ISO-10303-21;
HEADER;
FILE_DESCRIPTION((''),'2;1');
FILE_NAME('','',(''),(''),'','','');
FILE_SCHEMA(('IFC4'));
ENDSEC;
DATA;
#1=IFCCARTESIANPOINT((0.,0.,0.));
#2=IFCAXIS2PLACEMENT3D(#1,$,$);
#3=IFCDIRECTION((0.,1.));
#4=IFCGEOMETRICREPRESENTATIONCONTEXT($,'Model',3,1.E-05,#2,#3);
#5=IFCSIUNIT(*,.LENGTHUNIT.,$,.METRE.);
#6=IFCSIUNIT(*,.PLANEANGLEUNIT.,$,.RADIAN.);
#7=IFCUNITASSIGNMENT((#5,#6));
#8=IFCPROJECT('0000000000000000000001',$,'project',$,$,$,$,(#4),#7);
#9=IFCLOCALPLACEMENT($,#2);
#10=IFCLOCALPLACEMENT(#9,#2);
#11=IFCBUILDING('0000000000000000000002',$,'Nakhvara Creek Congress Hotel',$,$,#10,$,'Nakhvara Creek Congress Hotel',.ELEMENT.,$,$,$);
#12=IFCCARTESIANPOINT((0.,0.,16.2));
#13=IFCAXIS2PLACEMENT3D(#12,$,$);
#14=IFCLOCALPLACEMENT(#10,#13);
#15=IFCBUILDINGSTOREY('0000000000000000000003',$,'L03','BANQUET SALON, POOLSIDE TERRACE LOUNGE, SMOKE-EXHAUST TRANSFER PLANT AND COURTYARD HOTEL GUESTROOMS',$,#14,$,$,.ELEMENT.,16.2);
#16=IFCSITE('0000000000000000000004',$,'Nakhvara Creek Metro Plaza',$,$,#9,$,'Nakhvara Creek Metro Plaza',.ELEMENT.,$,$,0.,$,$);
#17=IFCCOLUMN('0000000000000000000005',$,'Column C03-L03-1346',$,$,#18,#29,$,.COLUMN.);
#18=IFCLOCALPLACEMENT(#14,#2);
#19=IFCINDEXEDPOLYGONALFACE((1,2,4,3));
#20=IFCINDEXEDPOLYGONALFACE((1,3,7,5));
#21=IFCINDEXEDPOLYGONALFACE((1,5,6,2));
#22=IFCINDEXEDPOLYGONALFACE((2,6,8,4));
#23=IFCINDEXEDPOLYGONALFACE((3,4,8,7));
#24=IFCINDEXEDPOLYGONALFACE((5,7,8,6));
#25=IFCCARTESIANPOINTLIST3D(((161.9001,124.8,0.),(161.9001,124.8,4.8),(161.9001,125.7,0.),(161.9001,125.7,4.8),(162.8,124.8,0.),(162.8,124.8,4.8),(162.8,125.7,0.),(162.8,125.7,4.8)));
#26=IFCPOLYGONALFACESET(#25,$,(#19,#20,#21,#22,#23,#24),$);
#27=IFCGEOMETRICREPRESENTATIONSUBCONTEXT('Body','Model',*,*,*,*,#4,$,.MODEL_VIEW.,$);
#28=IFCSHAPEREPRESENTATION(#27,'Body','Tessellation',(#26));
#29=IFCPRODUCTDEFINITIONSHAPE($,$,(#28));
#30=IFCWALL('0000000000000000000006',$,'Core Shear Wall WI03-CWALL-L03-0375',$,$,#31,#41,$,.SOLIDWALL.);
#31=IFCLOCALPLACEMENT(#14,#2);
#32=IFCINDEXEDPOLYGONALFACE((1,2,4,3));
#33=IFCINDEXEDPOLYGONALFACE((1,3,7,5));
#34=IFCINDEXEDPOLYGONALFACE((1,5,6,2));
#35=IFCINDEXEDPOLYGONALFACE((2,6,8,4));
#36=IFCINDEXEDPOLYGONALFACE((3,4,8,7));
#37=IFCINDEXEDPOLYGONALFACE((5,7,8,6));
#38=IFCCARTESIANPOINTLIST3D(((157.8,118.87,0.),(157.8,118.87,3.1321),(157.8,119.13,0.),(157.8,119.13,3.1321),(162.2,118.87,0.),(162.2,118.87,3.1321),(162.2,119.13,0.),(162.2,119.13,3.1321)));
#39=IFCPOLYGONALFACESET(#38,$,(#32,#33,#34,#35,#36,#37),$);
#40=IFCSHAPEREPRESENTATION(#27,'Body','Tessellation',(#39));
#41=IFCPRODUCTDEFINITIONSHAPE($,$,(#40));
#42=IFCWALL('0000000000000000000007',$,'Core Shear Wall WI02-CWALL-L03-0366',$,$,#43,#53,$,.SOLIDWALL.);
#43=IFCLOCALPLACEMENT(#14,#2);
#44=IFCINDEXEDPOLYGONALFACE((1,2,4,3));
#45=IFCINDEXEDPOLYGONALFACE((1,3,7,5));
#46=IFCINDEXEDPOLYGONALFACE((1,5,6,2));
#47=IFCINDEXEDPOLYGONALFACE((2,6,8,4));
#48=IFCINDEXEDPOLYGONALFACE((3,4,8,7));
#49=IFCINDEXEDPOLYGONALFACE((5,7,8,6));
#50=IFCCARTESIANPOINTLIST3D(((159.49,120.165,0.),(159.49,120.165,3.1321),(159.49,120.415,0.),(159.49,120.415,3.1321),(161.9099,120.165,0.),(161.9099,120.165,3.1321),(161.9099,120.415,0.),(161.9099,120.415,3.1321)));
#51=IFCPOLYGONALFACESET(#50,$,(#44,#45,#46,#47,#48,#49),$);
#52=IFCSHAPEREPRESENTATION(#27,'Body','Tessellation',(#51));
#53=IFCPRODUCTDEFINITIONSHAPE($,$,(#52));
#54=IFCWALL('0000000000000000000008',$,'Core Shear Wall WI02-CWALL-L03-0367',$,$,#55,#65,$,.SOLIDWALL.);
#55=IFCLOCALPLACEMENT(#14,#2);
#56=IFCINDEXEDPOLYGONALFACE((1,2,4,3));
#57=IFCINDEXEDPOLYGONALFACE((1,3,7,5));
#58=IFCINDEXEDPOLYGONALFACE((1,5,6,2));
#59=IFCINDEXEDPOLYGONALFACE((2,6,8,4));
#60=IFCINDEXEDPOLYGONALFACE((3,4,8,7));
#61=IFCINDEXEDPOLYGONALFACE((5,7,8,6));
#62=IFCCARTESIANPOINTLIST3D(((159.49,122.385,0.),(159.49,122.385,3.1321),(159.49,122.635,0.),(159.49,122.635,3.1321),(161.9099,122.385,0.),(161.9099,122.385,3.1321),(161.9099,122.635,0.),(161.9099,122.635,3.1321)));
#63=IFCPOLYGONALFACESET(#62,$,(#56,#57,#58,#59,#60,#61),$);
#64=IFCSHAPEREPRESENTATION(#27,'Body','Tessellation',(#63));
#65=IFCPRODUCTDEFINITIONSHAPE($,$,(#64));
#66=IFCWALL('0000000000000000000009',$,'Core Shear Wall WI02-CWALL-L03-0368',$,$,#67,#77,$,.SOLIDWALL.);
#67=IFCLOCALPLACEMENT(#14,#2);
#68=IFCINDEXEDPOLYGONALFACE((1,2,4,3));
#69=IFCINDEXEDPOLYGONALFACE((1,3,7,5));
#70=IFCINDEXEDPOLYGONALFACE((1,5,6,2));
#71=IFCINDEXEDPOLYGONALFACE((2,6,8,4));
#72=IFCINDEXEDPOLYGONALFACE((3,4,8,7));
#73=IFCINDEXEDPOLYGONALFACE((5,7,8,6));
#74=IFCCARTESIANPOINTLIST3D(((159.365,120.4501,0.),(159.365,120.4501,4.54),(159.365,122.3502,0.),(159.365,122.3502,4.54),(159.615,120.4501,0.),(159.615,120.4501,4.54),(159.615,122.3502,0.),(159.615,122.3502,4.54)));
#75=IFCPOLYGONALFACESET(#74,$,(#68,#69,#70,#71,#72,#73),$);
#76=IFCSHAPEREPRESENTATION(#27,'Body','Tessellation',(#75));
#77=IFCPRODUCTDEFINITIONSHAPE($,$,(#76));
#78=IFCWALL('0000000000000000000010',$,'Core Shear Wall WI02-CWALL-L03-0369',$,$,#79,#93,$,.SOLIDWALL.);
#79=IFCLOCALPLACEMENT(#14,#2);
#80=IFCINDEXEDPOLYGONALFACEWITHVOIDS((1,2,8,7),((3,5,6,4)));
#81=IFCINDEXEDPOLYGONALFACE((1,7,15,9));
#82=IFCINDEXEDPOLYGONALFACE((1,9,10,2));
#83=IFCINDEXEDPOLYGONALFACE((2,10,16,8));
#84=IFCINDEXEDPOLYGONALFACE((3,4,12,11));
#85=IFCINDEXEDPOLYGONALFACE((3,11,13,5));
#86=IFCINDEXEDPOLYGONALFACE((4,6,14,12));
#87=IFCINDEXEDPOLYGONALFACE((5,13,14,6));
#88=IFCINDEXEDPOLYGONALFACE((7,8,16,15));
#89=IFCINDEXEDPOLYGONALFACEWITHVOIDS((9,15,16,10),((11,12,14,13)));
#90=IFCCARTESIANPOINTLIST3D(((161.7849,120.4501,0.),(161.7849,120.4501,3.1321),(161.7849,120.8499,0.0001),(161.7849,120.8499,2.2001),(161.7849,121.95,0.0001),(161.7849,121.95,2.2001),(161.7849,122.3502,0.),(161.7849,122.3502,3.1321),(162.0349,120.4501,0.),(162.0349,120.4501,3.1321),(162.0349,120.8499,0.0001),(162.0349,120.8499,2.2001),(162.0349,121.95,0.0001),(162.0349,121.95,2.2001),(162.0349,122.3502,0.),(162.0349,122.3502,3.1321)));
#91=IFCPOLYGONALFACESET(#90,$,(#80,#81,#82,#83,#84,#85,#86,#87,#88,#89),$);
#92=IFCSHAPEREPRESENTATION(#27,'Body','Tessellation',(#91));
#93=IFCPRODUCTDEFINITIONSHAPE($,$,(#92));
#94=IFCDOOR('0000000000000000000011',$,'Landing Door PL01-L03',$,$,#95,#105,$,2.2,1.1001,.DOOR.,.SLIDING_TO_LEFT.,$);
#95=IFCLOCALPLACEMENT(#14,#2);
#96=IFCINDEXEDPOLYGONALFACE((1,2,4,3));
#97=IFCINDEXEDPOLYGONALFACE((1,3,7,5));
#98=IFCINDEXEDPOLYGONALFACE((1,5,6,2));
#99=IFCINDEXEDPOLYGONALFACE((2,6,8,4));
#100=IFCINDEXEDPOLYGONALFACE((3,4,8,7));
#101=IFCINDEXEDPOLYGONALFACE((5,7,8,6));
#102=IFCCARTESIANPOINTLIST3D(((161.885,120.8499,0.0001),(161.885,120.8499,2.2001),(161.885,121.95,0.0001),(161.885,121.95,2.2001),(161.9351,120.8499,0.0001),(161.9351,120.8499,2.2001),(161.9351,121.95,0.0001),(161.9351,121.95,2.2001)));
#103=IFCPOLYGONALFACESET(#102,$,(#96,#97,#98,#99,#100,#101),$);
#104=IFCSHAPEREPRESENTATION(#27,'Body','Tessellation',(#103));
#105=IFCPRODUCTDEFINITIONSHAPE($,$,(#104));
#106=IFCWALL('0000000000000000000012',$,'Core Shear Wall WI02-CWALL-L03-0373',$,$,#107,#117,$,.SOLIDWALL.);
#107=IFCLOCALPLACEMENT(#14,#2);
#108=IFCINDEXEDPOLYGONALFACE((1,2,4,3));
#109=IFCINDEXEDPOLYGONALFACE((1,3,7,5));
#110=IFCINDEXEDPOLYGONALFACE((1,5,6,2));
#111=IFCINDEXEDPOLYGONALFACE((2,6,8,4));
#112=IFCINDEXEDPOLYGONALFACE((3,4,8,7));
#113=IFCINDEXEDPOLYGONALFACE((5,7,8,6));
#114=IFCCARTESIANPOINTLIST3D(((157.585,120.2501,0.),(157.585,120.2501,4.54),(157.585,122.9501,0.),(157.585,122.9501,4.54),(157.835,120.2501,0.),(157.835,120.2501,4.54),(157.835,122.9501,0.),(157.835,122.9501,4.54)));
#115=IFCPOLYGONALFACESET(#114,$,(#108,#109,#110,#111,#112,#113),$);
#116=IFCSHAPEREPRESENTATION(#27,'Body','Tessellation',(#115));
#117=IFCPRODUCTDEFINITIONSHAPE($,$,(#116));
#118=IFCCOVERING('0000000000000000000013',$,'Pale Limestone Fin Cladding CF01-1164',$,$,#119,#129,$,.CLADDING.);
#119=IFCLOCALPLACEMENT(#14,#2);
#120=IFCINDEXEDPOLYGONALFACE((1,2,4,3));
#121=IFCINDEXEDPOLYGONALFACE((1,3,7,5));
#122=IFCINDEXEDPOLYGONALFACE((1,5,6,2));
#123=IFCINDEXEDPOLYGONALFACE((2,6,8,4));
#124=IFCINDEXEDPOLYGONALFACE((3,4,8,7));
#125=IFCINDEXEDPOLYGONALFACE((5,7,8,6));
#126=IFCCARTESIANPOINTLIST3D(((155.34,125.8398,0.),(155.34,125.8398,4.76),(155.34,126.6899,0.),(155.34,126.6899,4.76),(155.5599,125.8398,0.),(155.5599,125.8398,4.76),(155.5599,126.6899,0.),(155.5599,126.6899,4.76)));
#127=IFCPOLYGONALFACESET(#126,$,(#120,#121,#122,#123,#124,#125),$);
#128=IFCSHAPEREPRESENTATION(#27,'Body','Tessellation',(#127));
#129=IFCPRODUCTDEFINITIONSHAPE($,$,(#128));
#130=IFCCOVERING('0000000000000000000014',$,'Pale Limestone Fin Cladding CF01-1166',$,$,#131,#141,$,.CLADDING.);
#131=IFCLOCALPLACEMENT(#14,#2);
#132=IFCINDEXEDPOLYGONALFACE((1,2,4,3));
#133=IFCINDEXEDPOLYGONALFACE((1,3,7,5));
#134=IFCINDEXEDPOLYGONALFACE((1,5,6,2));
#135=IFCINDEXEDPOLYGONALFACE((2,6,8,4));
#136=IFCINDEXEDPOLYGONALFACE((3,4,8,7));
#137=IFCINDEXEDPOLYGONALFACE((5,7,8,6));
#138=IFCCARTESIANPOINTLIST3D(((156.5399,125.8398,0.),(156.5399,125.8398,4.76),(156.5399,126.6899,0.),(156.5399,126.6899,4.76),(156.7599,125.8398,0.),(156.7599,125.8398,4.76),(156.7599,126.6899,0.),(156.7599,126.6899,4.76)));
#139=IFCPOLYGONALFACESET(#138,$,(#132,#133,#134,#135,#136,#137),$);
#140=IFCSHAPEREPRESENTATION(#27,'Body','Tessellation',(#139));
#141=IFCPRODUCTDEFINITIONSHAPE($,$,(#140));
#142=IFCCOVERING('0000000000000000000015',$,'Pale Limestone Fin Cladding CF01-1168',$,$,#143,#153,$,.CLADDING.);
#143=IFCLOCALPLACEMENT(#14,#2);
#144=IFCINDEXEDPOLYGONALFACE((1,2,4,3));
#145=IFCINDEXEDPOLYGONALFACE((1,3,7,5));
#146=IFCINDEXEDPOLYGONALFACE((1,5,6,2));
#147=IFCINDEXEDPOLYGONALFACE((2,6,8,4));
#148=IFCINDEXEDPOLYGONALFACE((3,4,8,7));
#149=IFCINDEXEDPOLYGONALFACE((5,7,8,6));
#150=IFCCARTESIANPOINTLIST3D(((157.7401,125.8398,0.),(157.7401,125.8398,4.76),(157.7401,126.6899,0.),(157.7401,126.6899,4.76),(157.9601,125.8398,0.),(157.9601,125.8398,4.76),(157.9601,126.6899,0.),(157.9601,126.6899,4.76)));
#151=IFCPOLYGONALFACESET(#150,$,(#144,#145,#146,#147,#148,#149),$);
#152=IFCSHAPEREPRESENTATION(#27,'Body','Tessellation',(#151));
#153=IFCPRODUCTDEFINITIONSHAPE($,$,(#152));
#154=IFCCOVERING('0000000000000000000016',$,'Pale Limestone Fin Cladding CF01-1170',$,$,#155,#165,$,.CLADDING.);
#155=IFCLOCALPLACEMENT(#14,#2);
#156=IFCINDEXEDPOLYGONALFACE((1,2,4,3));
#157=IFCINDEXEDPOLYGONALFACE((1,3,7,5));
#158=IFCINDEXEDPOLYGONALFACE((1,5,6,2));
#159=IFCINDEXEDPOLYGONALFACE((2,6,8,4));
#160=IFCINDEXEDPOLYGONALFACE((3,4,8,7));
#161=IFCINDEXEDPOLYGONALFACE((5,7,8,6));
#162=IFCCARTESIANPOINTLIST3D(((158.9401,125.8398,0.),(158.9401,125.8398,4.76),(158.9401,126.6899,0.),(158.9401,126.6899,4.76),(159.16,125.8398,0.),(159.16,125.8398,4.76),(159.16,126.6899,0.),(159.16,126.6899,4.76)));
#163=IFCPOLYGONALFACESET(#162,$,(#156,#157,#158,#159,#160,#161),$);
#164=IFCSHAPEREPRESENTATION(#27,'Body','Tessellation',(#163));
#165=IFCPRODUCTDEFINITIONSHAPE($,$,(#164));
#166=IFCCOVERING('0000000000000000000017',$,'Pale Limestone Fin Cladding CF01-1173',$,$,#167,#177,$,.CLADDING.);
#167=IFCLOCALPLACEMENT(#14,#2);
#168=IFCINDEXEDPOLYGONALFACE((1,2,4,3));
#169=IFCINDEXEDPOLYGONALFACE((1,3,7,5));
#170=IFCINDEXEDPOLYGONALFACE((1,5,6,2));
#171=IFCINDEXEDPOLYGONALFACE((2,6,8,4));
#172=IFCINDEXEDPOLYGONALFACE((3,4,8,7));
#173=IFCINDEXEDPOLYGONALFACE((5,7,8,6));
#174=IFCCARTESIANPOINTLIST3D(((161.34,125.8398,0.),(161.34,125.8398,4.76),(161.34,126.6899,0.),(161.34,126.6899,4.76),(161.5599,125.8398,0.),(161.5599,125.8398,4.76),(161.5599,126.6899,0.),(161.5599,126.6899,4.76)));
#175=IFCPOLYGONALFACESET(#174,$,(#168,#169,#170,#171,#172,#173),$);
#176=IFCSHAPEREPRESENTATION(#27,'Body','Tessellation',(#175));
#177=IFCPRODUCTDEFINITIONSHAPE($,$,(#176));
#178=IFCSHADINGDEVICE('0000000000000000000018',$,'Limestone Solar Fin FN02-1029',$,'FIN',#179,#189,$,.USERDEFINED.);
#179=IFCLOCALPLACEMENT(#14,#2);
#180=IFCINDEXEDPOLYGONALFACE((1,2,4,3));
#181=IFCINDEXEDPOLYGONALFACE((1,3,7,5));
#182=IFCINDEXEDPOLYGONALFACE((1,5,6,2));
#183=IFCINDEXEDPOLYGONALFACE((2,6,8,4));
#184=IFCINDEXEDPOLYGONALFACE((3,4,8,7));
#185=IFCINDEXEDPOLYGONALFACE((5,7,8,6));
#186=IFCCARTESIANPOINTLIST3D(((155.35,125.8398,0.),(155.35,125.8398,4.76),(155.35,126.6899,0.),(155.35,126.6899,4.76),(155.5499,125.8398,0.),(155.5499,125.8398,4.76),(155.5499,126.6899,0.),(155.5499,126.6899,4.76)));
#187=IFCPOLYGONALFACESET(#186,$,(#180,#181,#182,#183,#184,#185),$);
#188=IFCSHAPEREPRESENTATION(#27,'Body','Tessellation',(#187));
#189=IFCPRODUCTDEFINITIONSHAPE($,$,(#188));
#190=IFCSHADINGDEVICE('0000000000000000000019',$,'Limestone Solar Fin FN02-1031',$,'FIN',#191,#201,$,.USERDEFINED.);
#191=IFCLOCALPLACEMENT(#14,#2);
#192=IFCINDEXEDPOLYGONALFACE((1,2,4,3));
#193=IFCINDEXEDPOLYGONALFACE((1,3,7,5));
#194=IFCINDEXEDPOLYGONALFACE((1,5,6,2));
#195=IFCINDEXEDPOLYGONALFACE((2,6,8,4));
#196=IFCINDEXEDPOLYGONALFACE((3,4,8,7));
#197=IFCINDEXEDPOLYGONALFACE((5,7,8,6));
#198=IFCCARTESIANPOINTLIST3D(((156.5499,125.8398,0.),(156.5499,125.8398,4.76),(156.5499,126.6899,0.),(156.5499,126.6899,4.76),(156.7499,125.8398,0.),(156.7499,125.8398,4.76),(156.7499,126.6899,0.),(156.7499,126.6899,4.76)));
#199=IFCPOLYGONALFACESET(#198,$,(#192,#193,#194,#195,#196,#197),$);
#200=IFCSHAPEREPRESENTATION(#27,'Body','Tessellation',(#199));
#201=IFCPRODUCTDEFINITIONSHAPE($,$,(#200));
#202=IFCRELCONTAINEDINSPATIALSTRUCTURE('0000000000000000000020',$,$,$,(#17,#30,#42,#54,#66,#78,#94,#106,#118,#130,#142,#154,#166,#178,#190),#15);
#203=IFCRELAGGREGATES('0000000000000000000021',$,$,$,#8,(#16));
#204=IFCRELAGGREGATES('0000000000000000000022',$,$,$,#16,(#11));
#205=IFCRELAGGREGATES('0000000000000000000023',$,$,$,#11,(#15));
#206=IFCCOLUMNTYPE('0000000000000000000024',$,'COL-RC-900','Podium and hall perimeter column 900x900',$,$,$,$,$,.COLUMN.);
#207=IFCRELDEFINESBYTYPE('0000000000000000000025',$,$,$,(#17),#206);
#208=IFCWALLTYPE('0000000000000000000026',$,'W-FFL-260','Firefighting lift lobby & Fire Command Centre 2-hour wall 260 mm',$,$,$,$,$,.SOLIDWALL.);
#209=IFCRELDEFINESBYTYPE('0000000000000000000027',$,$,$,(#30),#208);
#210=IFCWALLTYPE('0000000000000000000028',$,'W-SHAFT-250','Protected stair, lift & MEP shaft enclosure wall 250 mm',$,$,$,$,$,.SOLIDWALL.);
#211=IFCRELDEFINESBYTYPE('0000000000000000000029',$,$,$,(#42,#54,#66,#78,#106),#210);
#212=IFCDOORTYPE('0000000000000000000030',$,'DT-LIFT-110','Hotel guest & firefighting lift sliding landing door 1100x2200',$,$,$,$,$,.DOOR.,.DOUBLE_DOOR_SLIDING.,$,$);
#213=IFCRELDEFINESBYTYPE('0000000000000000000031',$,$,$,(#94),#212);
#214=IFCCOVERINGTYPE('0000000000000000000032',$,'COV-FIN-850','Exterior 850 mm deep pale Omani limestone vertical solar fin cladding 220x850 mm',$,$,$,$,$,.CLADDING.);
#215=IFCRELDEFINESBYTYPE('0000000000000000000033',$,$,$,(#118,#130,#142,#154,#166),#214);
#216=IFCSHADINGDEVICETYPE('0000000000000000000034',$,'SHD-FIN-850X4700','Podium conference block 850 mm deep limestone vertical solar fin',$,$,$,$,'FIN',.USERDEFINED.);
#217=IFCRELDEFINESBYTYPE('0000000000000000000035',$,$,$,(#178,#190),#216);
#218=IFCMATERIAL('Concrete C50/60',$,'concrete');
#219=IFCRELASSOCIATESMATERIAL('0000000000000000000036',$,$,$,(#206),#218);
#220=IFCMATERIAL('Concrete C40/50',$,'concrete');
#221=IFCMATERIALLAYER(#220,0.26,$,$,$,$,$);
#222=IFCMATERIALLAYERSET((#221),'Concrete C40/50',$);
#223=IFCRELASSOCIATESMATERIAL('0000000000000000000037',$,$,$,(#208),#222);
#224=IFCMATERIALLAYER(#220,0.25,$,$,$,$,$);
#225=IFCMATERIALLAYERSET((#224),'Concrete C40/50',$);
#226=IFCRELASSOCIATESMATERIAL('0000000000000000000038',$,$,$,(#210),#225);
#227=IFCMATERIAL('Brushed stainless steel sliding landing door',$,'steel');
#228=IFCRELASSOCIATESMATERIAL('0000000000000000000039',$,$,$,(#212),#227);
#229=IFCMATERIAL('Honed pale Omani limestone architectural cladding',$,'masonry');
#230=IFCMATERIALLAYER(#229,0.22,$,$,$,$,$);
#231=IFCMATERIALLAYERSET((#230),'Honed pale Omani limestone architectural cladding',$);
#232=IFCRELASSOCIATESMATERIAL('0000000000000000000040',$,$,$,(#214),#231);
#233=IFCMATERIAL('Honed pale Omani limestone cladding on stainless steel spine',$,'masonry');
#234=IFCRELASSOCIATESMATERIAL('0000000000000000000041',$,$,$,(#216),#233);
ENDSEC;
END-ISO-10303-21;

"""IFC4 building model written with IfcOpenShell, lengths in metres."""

from ifc_helpers import new_model, si_unit, direction, frame, frame_2d, origin, origin_2d, place, context, subcontext, project, spatial, rectangle, extrude, material, layer, layer_set, material_profile, profile_set, type_object, element, fill, save


model = new_model("IFC4")

# Units and contexts
model_context = context("Model", 3, precision=1e-05, world=origin(), true_north=direction((0.0, 1.0)))
body_context = subcontext(model_context, "Body", "Model", "MODEL_VIEW")
ifc_project = project(units=[si_unit("LENGTHUNIT", "METRE"), si_unit("PLANEANGLEUNIT", "RADIAN")], contexts=[model_context])

# Site, building, storey
site_placement = place(None, origin())
site = spatial("IfcSite", under=ifc_project, at=site_placement, Name="Nakhvara Creek Metro Plaza", LongName="Nakhvara Creek Metro Plaza", CompositionType="ELEMENT", RefElevation=0.0)
building_placement = place(site_placement, origin())
building = spatial("IfcBuilding", under=site, at=building_placement, Name="Nakhvara Creek Congress Hotel", LongName="Nakhvara Creek Congress Hotel", CompositionType="ELEMENT")
storey_placement = place(building_placement, frame((0.0, 0.0, 16.2)))
storey = spatial("IfcBuildingStorey", under=building, at=storey_placement, Name="L03", Description="BANQUET SALON, POOLSIDE TERRACE LOUNGE, SMOKE-EXHAUST TRANSFER PLANT AND COURTYARD HOTEL GUESTROOMS", CompositionType="ELEMENT", Elevation=16.2)

# Column
ifc_material_1 = material(Name="Concrete C50/60", Category="concrete")
ifc_material_profile = material_profile(ifc_material_1, rectangle(XDim=0.8999, YDim=0.8999, at=origin_2d()), Name="RC-COL 900x900", Category="LoadBearing")
ifc_profile_set = profile_set([ifc_material_profile], Name="Concrete C50/60")
column_type = type_object("IfcColumnType", Name="COL-RC-900", Description="Podium and hall perimeter column 900x900", PredefinedType="COLUMN", material=ifc_profile_set)
column_placement = place(storey_placement, frame((162.3501, 125.25, 0.0), z_axis=(0.0, 0.0, 1.0), x_axis=(1.0, 0.0, 0.0)))
element("IfcColumn", 1, at=column_placement, inside=storey, type_object=column_type, Name="Column C03-L03-1346", PredefinedType="COLUMN", context=body_context, shape_type="SweptSolid", body=[
    extrude(rectangle(XDim=0.8999, YDim=0.8999, at=origin_2d()), origin(), (0.0, 0.0, 1.0), 4.8),
])

# Walls
ifc_material_2 = material(Name="Concrete C40/50", Category="concrete")
ifc_layer_1 = layer(ifc_material_2, 0.26)
ifc_layer_set_1 = layer_set([ifc_layer_1], Name="Concrete C40/50")
wall_type_1 = type_object("IfcWallType", Name="W-FFL-260", Description="Firefighting lift lobby & Fire Command Centre 2-hour wall 260 mm", PredefinedType="SOLIDWALL", material=ifc_layer_set_1)
wall_1_placement = place(storey_placement, frame((157.8, 119.0, 0.0), z_axis=(0.0, 0.0, 1.0), x_axis=(1.0, 0.0, 0.0)))
element("IfcWall", 2, at=wall_1_placement, inside=storey, type_object=wall_type_1, Name="Core Shear Wall WI03-CWALL-L03-0375", PredefinedType="SOLIDWALL", context=body_context, shape_type="SweptSolid", body=[
    extrude(rectangle(XDim=4.3999, YDim=0.26, at=frame_2d((2.2, 0.0))), origin(), (0.0, 0.0, 1.0), 3.1321),
])
ifc_layer_2 = layer(ifc_material_2, 0.25)
ifc_layer_set_2 = layer_set([ifc_layer_2], Name="Concrete C40/50")
wall_type_2 = type_object("IfcWallType", Name="W-SHAFT-250", Description="Protected stair, lift & MEP shaft enclosure wall 250 mm", PredefinedType="SOLIDWALL", material=ifc_layer_set_2)
for number, where, z_axis, x_axis, name in (
    (3, (159.49, 120.29, 0.0), (0.0, 0.0, 1.0), (1.0, 0.0, 0.0), "Core Shear Wall WI02-CWALL-L03-0366"),
    (4, (159.49, 122.51, 0.0), (0.0, 0.0, 1.0), (1.0, 0.0, 0.0), "Core Shear Wall WI02-CWALL-L03-0367"),
):
    element("IfcWall", number, at=place(storey_placement, frame(where, z_axis=z_axis, x_axis=x_axis)), inside=storey, type_object=wall_type_2, Name=name, PredefinedType="SOLIDWALL", context=body_context, shape_type="SweptSolid", body=[
        extrude(rectangle(XDim=2.4199, YDim=0.25, at=frame_2d((1.21, 0.0))), origin(), (0.0, 0.0, 1.0), 3.1321),
    ])
wall_2_placement = place(storey_placement, frame((159.49, 120.45, 0.0), z_axis=(0.0, 0.0, 1.0), x_axis=(0.0, 1.0, 0.0)))
element("IfcWall", 5, at=wall_2_placement, inside=storey, type_object=wall_type_2, Name="Core Shear Wall WI02-CWALL-L03-0368", PredefinedType="SOLIDWALL", context=body_context, shape_type="SweptSolid", body=[
    extrude(rectangle(XDim=1.9001, YDim=0.25, at=frame_2d((0.9502, 0.0))), origin(), (0.0, 0.0, 1.0), 4.54),
])

# Wall, opening, door
wall_3_placement = place(storey_placement, frame((161.9099, 120.45, 0.0), z_axis=(0.0, 0.0, 1.0), x_axis=(0.0, 1.0, 0.0)))
wall_3 = element("IfcWall", 6, at=wall_3_placement, inside=storey, type_object=wall_type_2, Name="Core Shear Wall WI02-CWALL-L03-0369", PredefinedType="SOLIDWALL", context=body_context, shape_type="SweptSolid", body=[
    extrude(rectangle(XDim=1.9001, YDim=0.25, at=frame_2d((0.9502, 0.0))), origin(), (0.0, 0.0, 1.0), 3.1321),
])
opening_placement = place(wall_3_placement, frame((0.3999, 0.0, 0.0)))
opening = element("IfcOpeningElement", 7, at=opening_placement, cuts=wall_3, PredefinedType="OPENING", context=body_context, shape_type="SweptSolid", body=[
    extrude(rectangle(XDim=1.1001, YDim=2.2, at=frame_2d((0.55, 1.1001))), frame((0.0, 0.137, 0.0), z_axis=(0.0, -1.0, 0.0), x_axis=(1.0, 0.0, 0.0)), (0.0, 0.0, 1.0), 0.2739),
])
ifc_material_3 = material(Name="Brushed stainless steel sliding landing door", Category="steel")
door_type = type_object("IfcDoorType", Name="DT-LIFT-110", Description="Hotel guest & firefighting lift sliding landing door 1100x2200", OperationType="DOUBLE_DOOR_SLIDING", PredefinedType="DOOR", material=ifc_material_3)
door_placement = place(opening_placement, origin())
door = element("IfcDoor", 8, at=door_placement, inside=storey, type_object=door_type, Name="Landing Door PL01-L03", OperationType="SLIDING_TO_LEFT", OverallHeight=2.2, OverallWidth=1.1001, PredefinedType="DOOR", context=body_context, shape_type="SweptSolid", body=[
    extrude(rectangle(XDim=1.1001, YDim=2.2, at=frame_2d((0.55, 1.1001))), frame((0.0, 0.0249, 0.0), z_axis=(0.0, -1.0, 0.0), x_axis=(1.0, 0.0, 0.0)), (0.0, 0.0, 1.0), 0.05),
])
fill(opening, door)

# Wall
wall_4_placement = place(storey_placement, frame((157.71, 120.25, 0.0), z_axis=(0.0, 0.0, 1.0), x_axis=(0.0, 1.0, 0.0)))
element("IfcWall", 9, at=wall_4_placement, inside=storey, type_object=wall_type_2, Name="Core Shear Wall WI02-CWALL-L03-0373", PredefinedType="SOLIDWALL", context=body_context, shape_type="SweptSolid", body=[
    extrude(rectangle(XDim=2.7, YDim=0.25, at=frame_2d((1.3501, 0.0))), origin(), (0.0, 0.0, 1.0), 4.54),
])

# Coverings
ifc_material_4 = material(Name="Honed pale Omani limestone architectural cladding", Category="masonry")
ifc_layer_3 = layer(ifc_material_4, 0.22)
ifc_layer_set_3 = layer_set([ifc_layer_3], Name="Honed pale Omani limestone architectural cladding")
covering_type = type_object("IfcCoveringType", Name="COV-FIN-850", Description="Exterior 850 mm deep pale Omani limestone vertical solar fin cladding 220x850 mm", PredefinedType="CLADDING", material=ifc_layer_set_3)
for number, where, z_axis, x_axis, name in (
    (10, (155.45, 126.2649, 0.0), (0.0, 0.0, 1.0), (1.0, 0.0, 0.0), "Pale Limestone Fin Cladding CF01-1164"),
    (11, (156.6499, 126.2649, 0.0), (0.0, 0.0, 1.0), (1.0, 0.0, 0.0), "Pale Limestone Fin Cladding CF01-1166"),
    (12, (157.8501, 126.2649, 0.0), (0.0, 0.0, 1.0), (1.0, 0.0, 0.0), "Pale Limestone Fin Cladding CF01-1168"),
    (13, (159.05, 126.2649, 0.0), (0.0, 0.0, 1.0), (1.0, 0.0, 0.0), "Pale Limestone Fin Cladding CF01-1170"),
    (14, (161.45, 126.2649, 0.0), (0.0, 0.0, 1.0), (1.0, 0.0, 0.0), "Pale Limestone Fin Cladding CF01-1173"),
):
    element("IfcCovering", number, at=place(storey_placement, frame(where, z_axis=z_axis, x_axis=x_axis)), inside=storey, type_object=covering_type, Name=name, PredefinedType="CLADDING", context=body_context, shape_type="SweptSolid", body=[
        extrude(rectangle(XDim=0.22, YDim=0.8501, at=origin_2d()), origin(), (0.0, 0.0, 1.0), 4.76),
    ])

# Shading devices
ifc_material_5 = material(Name="Honed pale Omani limestone cladding on stainless steel spine", Category="masonry")
shading_device_type = type_object("IfcShadingDeviceType", Name="SHD-FIN-850X4700", Description="Podium conference block 850 mm deep limestone vertical solar fin", ElementType="FIN", PredefinedType="USERDEFINED", material=ifc_material_5)
for number, where, z_axis, x_axis, name in (
    (15, (155.45, 126.2649, 0.0), (0.0, 0.0, 1.0), (1.0, 0.0, 0.0), "Limestone Solar Fin FN02-1029"),
    (16, (156.6499, 126.2649, 0.0), (0.0, 0.0, 1.0), (1.0, 0.0, 0.0), "Limestone Solar Fin FN02-1031"),
):
    element("IfcShadingDevice", number, at=place(storey_placement, frame(where, z_axis=z_axis, x_axis=x_axis)), inside=storey, type_object=shading_device_type, Name=name, ObjectType="FIN", PredefinedType="USERDEFINED", context=body_context, shape_type="SweptSolid", body=[
        extrude(rectangle(XDim=0.2, YDim=0.8501, at=origin_2d()), origin(), (0.0, 0.0, 1.0), 4.76),
    ])

save(model, "model.ifc")
